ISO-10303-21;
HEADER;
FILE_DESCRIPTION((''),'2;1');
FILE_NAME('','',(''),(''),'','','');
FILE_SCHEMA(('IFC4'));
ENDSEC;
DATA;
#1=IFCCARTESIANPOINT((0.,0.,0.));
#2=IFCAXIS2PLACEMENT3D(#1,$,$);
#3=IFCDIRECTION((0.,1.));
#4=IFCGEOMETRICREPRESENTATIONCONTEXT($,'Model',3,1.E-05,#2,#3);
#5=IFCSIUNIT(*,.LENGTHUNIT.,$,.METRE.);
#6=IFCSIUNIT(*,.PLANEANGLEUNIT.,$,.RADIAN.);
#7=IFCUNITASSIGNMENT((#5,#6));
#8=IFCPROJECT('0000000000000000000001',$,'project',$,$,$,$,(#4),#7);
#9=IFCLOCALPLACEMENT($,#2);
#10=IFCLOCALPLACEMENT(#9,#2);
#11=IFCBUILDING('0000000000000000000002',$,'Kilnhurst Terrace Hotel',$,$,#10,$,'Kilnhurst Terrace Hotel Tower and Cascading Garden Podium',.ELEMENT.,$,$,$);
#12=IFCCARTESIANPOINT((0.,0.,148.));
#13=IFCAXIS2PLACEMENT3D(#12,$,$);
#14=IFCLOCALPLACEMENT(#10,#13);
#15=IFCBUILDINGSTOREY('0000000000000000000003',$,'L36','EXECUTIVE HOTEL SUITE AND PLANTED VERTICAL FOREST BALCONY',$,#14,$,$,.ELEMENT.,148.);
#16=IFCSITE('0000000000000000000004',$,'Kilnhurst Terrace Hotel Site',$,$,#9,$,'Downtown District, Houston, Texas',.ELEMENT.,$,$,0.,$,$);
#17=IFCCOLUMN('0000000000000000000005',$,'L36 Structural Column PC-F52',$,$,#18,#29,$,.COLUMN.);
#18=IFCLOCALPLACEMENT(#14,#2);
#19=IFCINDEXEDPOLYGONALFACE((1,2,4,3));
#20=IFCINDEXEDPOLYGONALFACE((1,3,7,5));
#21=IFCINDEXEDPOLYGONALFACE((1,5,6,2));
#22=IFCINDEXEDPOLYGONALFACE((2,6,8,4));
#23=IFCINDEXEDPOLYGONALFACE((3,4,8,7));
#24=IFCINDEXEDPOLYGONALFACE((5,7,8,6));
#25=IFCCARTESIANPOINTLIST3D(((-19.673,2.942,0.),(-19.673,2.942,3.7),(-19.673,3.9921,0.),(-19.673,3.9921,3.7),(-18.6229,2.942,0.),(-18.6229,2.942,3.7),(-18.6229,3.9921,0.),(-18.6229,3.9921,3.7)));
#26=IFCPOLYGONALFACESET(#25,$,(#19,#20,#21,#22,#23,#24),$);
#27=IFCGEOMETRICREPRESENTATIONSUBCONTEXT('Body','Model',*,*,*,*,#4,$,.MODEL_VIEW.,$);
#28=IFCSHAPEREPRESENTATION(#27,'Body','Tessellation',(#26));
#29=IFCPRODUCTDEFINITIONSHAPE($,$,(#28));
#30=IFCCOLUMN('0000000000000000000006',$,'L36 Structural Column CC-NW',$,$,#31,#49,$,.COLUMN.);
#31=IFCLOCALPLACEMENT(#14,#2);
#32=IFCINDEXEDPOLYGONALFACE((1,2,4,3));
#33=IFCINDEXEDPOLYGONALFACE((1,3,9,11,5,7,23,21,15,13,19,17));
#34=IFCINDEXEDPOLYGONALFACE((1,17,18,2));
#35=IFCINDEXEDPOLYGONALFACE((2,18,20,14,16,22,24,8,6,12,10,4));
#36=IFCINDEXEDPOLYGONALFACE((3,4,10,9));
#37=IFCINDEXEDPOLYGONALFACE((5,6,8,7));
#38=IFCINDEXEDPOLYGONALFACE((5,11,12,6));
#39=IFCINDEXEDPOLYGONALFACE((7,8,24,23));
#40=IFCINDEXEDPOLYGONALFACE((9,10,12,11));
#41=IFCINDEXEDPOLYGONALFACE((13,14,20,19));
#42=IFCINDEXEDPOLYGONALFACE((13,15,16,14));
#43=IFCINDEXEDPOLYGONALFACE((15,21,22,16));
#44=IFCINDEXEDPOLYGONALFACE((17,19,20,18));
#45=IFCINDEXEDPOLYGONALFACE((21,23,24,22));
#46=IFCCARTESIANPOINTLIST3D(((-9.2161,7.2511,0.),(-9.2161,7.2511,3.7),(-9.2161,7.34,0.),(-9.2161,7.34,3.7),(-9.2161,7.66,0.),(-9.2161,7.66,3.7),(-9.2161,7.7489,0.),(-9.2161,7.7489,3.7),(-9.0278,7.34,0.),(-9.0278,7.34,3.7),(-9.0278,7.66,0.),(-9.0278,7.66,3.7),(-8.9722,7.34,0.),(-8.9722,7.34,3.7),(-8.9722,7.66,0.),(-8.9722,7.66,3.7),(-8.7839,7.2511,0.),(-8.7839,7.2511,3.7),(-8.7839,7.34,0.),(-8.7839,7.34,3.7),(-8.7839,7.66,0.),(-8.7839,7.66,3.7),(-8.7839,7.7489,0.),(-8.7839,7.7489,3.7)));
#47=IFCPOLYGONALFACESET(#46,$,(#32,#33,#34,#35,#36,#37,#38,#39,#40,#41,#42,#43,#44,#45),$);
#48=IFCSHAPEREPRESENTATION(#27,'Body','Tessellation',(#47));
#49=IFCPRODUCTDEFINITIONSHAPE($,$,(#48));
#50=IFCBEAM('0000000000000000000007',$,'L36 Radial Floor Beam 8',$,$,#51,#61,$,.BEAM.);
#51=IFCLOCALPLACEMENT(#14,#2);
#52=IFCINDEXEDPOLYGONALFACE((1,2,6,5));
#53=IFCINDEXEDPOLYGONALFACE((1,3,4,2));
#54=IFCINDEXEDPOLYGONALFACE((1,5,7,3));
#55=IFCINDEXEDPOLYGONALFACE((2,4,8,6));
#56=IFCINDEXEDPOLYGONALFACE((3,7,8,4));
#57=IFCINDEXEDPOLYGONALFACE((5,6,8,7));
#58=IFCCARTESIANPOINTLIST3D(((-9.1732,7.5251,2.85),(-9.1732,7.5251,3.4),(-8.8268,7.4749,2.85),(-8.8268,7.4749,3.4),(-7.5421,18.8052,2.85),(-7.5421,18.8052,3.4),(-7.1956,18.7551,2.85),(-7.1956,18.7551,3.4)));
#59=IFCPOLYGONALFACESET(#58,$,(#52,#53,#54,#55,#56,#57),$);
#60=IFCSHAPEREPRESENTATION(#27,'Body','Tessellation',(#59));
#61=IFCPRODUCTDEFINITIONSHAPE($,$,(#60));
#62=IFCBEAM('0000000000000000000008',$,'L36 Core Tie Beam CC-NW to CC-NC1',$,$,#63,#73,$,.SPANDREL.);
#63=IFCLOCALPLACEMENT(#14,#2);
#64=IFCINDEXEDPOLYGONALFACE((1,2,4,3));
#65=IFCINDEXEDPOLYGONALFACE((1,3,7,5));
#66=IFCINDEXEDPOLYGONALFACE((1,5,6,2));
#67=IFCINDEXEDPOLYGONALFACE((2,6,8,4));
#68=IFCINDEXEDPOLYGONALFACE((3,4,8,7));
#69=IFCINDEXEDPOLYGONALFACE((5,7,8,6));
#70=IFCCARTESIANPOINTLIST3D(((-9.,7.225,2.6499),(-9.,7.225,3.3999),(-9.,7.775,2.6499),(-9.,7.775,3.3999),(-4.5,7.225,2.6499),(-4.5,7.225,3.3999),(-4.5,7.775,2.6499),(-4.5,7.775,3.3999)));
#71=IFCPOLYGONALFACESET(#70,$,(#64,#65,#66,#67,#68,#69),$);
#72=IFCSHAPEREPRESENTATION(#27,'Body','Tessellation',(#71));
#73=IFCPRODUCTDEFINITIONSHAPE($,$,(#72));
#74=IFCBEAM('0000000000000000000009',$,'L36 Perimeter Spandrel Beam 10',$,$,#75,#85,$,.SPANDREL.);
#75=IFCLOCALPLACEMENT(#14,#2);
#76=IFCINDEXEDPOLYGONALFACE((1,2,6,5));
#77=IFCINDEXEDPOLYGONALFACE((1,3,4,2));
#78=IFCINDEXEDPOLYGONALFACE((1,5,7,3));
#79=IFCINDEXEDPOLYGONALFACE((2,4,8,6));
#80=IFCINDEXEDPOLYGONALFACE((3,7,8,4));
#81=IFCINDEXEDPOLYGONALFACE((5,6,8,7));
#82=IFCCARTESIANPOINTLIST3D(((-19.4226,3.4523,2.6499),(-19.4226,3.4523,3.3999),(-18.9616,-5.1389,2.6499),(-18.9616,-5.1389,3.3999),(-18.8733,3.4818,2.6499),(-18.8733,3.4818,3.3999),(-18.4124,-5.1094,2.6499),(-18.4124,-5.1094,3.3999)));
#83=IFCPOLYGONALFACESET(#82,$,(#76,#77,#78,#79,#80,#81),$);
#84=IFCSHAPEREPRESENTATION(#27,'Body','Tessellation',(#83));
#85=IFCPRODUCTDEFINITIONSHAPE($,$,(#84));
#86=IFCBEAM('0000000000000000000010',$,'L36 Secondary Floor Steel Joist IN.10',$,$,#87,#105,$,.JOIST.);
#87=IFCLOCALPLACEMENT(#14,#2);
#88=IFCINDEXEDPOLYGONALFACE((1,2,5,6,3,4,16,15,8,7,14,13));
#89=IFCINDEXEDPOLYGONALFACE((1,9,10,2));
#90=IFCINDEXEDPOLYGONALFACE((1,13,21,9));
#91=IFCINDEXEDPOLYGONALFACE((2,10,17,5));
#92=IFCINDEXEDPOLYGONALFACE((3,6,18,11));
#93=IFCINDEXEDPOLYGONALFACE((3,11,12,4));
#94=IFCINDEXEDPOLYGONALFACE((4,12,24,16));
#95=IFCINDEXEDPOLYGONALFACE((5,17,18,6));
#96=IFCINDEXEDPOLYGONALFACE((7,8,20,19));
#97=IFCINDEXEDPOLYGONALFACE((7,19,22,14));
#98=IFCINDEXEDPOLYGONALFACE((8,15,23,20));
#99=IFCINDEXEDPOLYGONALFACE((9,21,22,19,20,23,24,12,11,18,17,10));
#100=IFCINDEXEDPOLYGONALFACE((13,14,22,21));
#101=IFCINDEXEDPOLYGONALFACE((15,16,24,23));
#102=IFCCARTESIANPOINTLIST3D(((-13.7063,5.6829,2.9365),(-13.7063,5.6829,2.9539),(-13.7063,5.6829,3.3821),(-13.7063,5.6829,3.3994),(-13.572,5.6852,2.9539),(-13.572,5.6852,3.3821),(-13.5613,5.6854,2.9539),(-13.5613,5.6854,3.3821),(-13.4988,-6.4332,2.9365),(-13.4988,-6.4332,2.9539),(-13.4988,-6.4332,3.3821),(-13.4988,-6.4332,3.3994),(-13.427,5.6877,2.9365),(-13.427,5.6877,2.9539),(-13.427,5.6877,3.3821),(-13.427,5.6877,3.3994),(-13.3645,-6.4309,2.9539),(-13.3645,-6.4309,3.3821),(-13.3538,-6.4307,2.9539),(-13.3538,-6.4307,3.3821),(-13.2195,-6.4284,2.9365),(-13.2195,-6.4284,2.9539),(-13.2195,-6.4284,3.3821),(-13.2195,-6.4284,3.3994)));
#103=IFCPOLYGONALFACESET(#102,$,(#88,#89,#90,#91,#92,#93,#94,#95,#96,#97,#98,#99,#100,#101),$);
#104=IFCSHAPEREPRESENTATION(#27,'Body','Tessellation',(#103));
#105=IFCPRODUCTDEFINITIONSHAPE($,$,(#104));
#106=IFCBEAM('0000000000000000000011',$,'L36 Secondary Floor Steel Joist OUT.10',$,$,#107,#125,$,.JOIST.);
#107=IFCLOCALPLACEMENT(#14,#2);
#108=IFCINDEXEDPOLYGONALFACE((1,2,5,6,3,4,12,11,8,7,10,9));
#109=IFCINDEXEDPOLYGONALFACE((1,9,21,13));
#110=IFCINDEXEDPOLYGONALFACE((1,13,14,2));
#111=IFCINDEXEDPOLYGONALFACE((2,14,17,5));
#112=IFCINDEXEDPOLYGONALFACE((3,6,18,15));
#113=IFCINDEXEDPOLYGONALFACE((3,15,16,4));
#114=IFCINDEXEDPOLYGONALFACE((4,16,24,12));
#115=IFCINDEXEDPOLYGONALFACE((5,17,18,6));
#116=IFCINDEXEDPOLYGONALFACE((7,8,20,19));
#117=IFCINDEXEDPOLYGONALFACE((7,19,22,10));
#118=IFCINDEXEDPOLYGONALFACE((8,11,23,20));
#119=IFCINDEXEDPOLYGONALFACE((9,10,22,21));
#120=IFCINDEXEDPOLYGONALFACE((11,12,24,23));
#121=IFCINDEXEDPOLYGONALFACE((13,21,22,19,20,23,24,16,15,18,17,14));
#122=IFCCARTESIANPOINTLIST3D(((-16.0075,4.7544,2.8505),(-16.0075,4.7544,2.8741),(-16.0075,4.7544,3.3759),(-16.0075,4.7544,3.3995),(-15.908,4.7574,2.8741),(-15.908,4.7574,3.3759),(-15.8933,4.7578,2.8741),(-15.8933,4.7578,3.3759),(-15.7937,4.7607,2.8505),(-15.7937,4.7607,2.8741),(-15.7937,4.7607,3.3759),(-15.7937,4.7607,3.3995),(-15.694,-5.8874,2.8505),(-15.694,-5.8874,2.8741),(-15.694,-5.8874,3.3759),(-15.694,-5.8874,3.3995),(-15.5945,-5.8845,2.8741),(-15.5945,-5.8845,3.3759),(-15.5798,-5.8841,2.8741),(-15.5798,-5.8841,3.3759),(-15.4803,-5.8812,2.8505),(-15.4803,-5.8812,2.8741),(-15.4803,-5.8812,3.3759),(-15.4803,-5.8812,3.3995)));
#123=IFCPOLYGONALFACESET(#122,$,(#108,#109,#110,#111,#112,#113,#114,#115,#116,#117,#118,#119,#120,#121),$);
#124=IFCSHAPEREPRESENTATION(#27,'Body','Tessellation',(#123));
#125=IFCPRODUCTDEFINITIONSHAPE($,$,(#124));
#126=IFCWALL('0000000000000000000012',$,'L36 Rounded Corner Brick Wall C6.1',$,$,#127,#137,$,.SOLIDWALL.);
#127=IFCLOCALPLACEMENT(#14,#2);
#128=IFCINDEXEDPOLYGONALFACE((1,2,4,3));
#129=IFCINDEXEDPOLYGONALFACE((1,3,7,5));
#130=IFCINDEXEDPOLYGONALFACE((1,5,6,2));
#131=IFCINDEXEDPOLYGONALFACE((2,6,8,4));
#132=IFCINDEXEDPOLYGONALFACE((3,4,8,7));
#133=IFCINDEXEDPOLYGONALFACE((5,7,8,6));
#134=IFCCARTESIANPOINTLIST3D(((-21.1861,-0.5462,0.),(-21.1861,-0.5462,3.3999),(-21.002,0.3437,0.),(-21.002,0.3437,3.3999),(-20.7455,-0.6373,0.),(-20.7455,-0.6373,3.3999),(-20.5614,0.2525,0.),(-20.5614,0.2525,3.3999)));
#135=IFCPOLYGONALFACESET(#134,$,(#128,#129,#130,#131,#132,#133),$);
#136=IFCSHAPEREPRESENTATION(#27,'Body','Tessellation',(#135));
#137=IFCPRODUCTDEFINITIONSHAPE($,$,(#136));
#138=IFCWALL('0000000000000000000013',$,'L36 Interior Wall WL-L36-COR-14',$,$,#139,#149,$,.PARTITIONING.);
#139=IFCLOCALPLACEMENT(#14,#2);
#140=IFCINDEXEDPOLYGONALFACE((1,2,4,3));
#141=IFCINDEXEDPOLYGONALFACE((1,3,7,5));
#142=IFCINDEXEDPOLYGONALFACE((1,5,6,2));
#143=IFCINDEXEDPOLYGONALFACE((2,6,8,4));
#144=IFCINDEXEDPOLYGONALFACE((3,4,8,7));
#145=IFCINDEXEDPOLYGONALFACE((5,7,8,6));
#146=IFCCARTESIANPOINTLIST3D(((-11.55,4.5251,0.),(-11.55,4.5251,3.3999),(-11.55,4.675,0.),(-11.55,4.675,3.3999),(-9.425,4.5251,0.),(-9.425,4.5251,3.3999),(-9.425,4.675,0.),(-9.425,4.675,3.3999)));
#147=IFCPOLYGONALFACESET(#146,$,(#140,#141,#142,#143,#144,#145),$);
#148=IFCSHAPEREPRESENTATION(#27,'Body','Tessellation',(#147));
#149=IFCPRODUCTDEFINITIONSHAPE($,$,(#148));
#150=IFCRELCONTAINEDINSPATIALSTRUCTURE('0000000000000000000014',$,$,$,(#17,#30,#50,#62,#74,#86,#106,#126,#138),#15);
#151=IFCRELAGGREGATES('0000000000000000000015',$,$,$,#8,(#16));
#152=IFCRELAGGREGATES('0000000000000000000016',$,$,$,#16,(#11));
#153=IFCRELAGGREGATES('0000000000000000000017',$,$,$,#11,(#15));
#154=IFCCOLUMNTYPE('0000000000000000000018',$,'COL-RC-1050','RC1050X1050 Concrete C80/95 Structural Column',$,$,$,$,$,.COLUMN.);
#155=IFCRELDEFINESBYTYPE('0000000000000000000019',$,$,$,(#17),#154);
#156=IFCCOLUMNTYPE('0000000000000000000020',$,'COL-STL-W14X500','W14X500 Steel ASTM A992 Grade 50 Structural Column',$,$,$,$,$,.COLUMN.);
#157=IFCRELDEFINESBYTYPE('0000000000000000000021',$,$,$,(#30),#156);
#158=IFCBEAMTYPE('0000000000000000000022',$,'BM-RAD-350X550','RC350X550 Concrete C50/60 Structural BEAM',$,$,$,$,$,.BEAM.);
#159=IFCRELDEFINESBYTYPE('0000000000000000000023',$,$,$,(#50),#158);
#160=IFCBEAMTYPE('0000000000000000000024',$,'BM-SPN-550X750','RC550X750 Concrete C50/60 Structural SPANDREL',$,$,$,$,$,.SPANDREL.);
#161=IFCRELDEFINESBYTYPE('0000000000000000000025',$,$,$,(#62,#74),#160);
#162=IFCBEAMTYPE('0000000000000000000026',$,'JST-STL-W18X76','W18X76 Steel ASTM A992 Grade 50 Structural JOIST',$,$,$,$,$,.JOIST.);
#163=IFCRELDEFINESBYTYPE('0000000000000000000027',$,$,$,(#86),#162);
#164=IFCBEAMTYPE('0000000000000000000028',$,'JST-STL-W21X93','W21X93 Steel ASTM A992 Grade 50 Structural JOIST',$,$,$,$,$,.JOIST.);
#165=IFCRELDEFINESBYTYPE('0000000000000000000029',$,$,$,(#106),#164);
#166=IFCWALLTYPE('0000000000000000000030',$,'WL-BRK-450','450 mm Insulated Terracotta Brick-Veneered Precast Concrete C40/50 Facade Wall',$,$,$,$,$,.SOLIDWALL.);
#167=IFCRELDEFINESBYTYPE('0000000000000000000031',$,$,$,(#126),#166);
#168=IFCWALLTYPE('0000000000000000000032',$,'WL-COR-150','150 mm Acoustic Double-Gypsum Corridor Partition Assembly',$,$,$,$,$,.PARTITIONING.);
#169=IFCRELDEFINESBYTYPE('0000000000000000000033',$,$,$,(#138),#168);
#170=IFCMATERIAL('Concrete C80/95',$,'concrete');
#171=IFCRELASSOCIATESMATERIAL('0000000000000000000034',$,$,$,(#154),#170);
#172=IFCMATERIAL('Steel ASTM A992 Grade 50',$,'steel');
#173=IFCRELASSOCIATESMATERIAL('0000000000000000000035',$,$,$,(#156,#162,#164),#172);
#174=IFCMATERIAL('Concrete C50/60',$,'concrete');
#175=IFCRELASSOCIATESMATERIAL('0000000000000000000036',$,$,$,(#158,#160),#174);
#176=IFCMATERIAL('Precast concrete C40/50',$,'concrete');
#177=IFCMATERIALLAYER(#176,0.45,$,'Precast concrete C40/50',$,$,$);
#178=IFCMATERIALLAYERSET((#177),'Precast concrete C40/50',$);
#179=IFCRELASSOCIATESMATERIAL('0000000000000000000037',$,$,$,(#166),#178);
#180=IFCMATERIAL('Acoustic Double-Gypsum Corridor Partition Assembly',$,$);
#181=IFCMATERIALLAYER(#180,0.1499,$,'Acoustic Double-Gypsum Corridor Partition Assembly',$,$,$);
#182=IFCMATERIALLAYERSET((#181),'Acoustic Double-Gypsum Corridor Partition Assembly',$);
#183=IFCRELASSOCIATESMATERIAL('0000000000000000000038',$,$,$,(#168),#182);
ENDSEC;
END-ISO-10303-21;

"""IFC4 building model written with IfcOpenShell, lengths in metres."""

from ifc_helpers import new_model, si_unit, direction, frame, frame_2d, origin, origin_2d, place, context, subcontext, project, spatial, rectangle, i_section, extrude, material, layer, layer_set, material_profile, profile_set, type_object, element, save


model = new_model("IFC4")

# Units and contexts
model_context = context("Model", 3, precision=1e-05, world=origin(), true_north=direction((0.0, 1.0)))
body_context = subcontext(model_context, "Body", "Model", "MODEL_VIEW")
ifc_project = project(units=[si_unit("LENGTHUNIT", "METRE"), si_unit("PLANEANGLEUNIT", "RADIAN")], contexts=[model_context])

# Site, building, storey
site_placement = place(None, origin())
site = spatial("IfcSite", under=ifc_project, at=site_placement, Name="Kilnhurst Terrace Hotel Site", LongName="Downtown District, Houston, Texas", CompositionType="ELEMENT", RefElevation=0.0)
building_placement = place(site_placement, origin())
building = spatial("IfcBuilding", under=site, at=building_placement, Name="Kilnhurst Terrace Hotel", LongName="Kilnhurst Terrace Hotel Tower and Cascading Garden Podium", CompositionType="ELEMENT")
storey_placement = place(building_placement, frame((0.0, 0.0, 148.0)))
storey = spatial("IfcBuildingStorey", under=building, at=storey_placement, Name="L36", Description="EXECUTIVE HOTEL SUITE AND PLANTED VERTICAL FOREST BALCONY", CompositionType="ELEMENT", Elevation=148.0)

# Columns
ifc_material_1 = material(Name="Concrete C80/95", Category="concrete")
ifc_material_profile_1 = material_profile(ifc_material_1, rectangle(XDim=1.05, YDim=1.05, at=origin_2d()), Name="RC1050X1050")
ifc_profile_set_1 = profile_set([ifc_material_profile_1], Name="Concrete C80/95")
column_type_1 = type_object("IfcColumnType", Name="COL-RC-1050", Description="RC1050X1050 Concrete C80/95 Structural Column", PredefinedType="COLUMN", material=ifc_profile_set_1)
column_1_placement = place(storey_placement, frame((-19.1479, 3.467, 0.0), z_axis=(0.0, 0.0, 1.0), x_axis=(1.0, 0.0, 0.0)))
element("IfcColumn", 1, at=column_1_placement, inside=storey, type_object=column_type_1, Name="L36 Structural Column PC-F52", PredefinedType="COLUMN", context=body_context, shape_type="SweptSolid", body=[
    extrude(rectangle(XDim=1.05, YDim=1.05, at=origin_2d()), origin(), (0.0, 0.0, 1.0), 3.7),
])
ifc_material_2 = material(Name="Steel ASTM A992 Grade 50", Category="steel")
ifc_material_profile_2 = material_profile(ifc_material_2, i_section(OverallWidth=0.4321, OverallDepth=0.4978, WebThickness=0.0557, FlangeThickness=0.0889, at=origin_2d()), Name="W14X500")
ifc_profile_set_2 = profile_set([ifc_material_profile_2], Name="Steel ASTM A992 Grade 50")
column_type_2 = type_object("IfcColumnType", Name="COL-STL-W14X500", Description="W14X500 Steel ASTM A992 Grade 50 Structural Column", PredefinedType="COLUMN", material=ifc_profile_set_2)
column_2_placement = place(storey_placement, frame((-9.0, 7.5, 0.0), z_axis=(0.0, 0.0, 1.0), x_axis=(1.0, 0.0, 0.0)))
element("IfcColumn", 2, at=column_2_placement, inside=storey, type_object=column_type_2, Name="L36 Structural Column CC-NW", PredefinedType="COLUMN", context=body_context, shape_type="SweptSolid", body=[
    extrude(i_section(OverallWidth=0.4321, OverallDepth=0.4978, WebThickness=0.0557, FlangeThickness=0.0889, at=origin_2d()), origin(), (0.0, 0.0, 1.0), 3.7),
])

# Beams
ifc_material_3 = material(Name="Concrete C50/60", Category="concrete")
ifc_material_profile_3 = material_profile(ifc_material_3, rectangle(XDim=0.3501, YDim=0.55, at=origin_2d()), Name="RC350X550")
ifc_profile_set_3 = profile_set([ifc_material_profile_3], Name="Concrete C50/60")
beam_type_1 = type_object("IfcBeamType", Name="BM-RAD-350X550", Description="RC350X550 Concrete C50/60 Structural BEAM", PredefinedType="BEAM", material=ifc_profile_set_3)
beam_1_placement = place(storey_placement, frame((-9.0, 7.5, 3.125), z_axis=(0.143113, 0.989706, 0.0), x_axis=(-0.989706, 0.143113, 0.0)))
element("IfcBeam", 3, at=beam_1_placement, inside=storey, type_object=beam_type_1, Name="L36 Radial Floor Beam 8", PredefinedType="BEAM", context=body_context, shape_type="SweptSolid", body=[
    extrude(rectangle(XDim=0.3501, YDim=0.55, at=origin_2d()), origin(), (0.0, 0.0, 1.0), 11.3975),
])
ifc_material_profile_4 = material_profile(ifc_material_3, rectangle(XDim=0.55, YDim=0.75, at=origin_2d()), Name="RC550X750")
ifc_profile_set_4 = profile_set([ifc_material_profile_4], Name="Concrete C50/60")
beam_type_2 = type_object("IfcBeamType", Name="BM-SPN-550X750", Description="RC550X750 Concrete C50/60 Structural SPANDREL", PredefinedType="SPANDREL", material=ifc_profile_set_4)
beam_2_placement = place(storey_placement, frame((-9.0, 7.5, 3.0249), z_axis=(1.0, 0.0, 0.0), x_axis=(0.0, 1.0, 0.0)))
element("IfcBeam", 4, at=beam_2_placement, inside=storey, type_object=beam_type_2, Name="L36 Core Tie Beam CC-NW to CC-NC1", PredefinedType="SPANDREL", context=body_context, shape_type="SweptSolid", body=[
    extrude(rectangle(XDim=0.55, YDim=0.75, at=origin_2d()), origin(), (0.0, 0.0, 1.0), 4.5),
])
beam_3_placement = place(storey_placement, frame((-19.1479, 3.467, 3.0249), z_axis=(0.053576, -0.998564, 0.0), x_axis=(0.998564, 0.053576, 0.0)))
element("IfcBeam", 5, at=beam_3_placement, inside=storey, type_object=beam_type_2, Name="L36 Perimeter Spandrel Beam 10", PredefinedType="SPANDREL", context=body_context, shape_type="SweptSolid", body=[
    extrude(rectangle(XDim=0.55, YDim=0.75, at=origin_2d()), origin(), (0.0, 0.0, 1.0), 8.6035),
])
ifc_material_profile_5 = material_profile(ifc_material_2, i_section(OverallWidth=0.2793, OverallDepth=0.4629, WebThickness=0.0107, FlangeThickness=0.0173, at=origin_2d()), Name="W18X76")
ifc_profile_set_5 = profile_set([ifc_material_profile_5], Name="Steel ASTM A992 Grade 50")
beam_type_3 = type_object("IfcBeamType", Name="JST-STL-W18X76", Description="W18X76 Steel ASTM A992 Grade 50 Structural JOIST", PredefinedType="JOIST", material=ifc_profile_set_5)
beam_4_placement = place(storey_placement, frame((-13.5667, 5.6853, 3.168), z_axis=(0.017125, -0.999853, 0.0), x_axis=(0.999853, 0.017125, 0.0)))
element("IfcBeam", 6, at=beam_4_placement, inside=storey, type_object=beam_type_3, Name="L36 Secondary Floor Steel Joist IN.10", PredefinedType="JOIST", context=body_context, shape_type="SweptSolid", body=[
    extrude(i_section(OverallWidth=0.2793, OverallDepth=0.4629, WebThickness=0.0107, FlangeThickness=0.0173, at=origin_2d()), origin(), (0.0, 0.0, 1.0), 12.1179),
])
ifc_material_profile_6 = material_profile(ifc_material_2, i_section(OverallWidth=0.2139, OverallDepth=0.5491, WebThickness=0.0146, FlangeThickness=0.0237, at=origin_2d()), Name="W21X93")
ifc_profile_set_6 = profile_set([ifc_material_profile_6], Name="Steel ASTM A992 Grade 50")
beam_type_4 = type_object("IfcBeamType", Name="JST-STL-W21X93", Description="W21X93 Steel ASTM A992 Grade 50 Structural JOIST", PredefinedType="JOIST", material=ifc_profile_set_6)
beam_5_placement = place(storey_placement, frame((-15.9006, 4.7576, 3.125), z_axis=(0.029444, -0.999566, 0.0), x_axis=(0.999566, 0.029444, 0.0)))
element("IfcBeam", 7, at=beam_5_placement, inside=storey, type_object=beam_type_4, Name="L36 Secondary Floor Steel Joist OUT.10", PredefinedType="JOIST", context=body_context, shape_type="SweptSolid", body=[
    extrude(i_section(OverallWidth=0.2139, OverallDepth=0.5491, WebThickness=0.0146, FlangeThickness=0.0237, at=origin_2d()), origin(), (0.0, 0.0, 1.0), 10.6465),
])

# Walls
ifc_material_4 = material(Name="Precast concrete C40/50", Category="concrete")
ifc_layer_1 = layer(ifc_material_4, 0.45, Name="Precast concrete C40/50")
ifc_layer_set_1 = layer_set([ifc_layer_1], Name="Precast concrete C40/50")
wall_type_1 = type_object("IfcWallType", Name="WL-BRK-450", Description="450 mm Insulated Terracotta Brick-Veneered Precast Concrete C40/50 Facade Wall", PredefinedType="SOLIDWALL", material=ifc_layer_set_1)
wall_1_placement = place(storey_placement, frame((-20.7817, 0.2981, 0.0), z_axis=(0.0, 0.0, 1.0), x_axis=(-0.20257, -0.979268, 0.0)))
element("IfcWall", 8, at=wall_1_placement, inside=storey, type_object=wall_type_1, Name="L36 Rounded Corner Brick Wall C6.1", PredefinedType="SOLIDWALL", context=body_context, shape_type="SweptSolid", body=[
    extrude(rectangle(XDim=0.9087, YDim=0.45, at=frame_2d((0.4543, 0.0))), origin(), (0.0, 0.0, 1.0), 3.3999),
])
ifc_material_5 = material(Name="Acoustic Double-Gypsum Corridor Partition Assembly")
ifc_layer_2 = layer(ifc_material_5, 0.1499, Name="Acoustic Double-Gypsum Corridor Partition Assembly")
ifc_layer_set_2 = layer_set([ifc_layer_2], Name="Acoustic Double-Gypsum Corridor Partition Assembly")
wall_type_2 = type_object("IfcWallType", Name="WL-COR-150", Description="150 mm Acoustic Double-Gypsum Corridor Partition Assembly", PredefinedType="PARTITIONING", material=ifc_layer_set_2)
wall_2_placement = place(storey_placement, frame((-11.55, 4.6001, 0.0), z_axis=(0.0, 0.0, 1.0), x_axis=(1.0, 0.0, 0.0)))
element("IfcWall", 9, at=wall_2_placement, inside=storey, type_object=wall_type_2, Name="L36 Interior Wall WL-L36-COR-14", PredefinedType="PARTITIONING", context=body_context, shape_type="SweptSolid", body=[
    extrude(rectangle(XDim=2.125, YDim=0.1499, at=frame_2d((1.0625, 0.0))), origin(), (0.0, 0.0, 1.0), 3.3999),
])

save(model, "model.ifc")
